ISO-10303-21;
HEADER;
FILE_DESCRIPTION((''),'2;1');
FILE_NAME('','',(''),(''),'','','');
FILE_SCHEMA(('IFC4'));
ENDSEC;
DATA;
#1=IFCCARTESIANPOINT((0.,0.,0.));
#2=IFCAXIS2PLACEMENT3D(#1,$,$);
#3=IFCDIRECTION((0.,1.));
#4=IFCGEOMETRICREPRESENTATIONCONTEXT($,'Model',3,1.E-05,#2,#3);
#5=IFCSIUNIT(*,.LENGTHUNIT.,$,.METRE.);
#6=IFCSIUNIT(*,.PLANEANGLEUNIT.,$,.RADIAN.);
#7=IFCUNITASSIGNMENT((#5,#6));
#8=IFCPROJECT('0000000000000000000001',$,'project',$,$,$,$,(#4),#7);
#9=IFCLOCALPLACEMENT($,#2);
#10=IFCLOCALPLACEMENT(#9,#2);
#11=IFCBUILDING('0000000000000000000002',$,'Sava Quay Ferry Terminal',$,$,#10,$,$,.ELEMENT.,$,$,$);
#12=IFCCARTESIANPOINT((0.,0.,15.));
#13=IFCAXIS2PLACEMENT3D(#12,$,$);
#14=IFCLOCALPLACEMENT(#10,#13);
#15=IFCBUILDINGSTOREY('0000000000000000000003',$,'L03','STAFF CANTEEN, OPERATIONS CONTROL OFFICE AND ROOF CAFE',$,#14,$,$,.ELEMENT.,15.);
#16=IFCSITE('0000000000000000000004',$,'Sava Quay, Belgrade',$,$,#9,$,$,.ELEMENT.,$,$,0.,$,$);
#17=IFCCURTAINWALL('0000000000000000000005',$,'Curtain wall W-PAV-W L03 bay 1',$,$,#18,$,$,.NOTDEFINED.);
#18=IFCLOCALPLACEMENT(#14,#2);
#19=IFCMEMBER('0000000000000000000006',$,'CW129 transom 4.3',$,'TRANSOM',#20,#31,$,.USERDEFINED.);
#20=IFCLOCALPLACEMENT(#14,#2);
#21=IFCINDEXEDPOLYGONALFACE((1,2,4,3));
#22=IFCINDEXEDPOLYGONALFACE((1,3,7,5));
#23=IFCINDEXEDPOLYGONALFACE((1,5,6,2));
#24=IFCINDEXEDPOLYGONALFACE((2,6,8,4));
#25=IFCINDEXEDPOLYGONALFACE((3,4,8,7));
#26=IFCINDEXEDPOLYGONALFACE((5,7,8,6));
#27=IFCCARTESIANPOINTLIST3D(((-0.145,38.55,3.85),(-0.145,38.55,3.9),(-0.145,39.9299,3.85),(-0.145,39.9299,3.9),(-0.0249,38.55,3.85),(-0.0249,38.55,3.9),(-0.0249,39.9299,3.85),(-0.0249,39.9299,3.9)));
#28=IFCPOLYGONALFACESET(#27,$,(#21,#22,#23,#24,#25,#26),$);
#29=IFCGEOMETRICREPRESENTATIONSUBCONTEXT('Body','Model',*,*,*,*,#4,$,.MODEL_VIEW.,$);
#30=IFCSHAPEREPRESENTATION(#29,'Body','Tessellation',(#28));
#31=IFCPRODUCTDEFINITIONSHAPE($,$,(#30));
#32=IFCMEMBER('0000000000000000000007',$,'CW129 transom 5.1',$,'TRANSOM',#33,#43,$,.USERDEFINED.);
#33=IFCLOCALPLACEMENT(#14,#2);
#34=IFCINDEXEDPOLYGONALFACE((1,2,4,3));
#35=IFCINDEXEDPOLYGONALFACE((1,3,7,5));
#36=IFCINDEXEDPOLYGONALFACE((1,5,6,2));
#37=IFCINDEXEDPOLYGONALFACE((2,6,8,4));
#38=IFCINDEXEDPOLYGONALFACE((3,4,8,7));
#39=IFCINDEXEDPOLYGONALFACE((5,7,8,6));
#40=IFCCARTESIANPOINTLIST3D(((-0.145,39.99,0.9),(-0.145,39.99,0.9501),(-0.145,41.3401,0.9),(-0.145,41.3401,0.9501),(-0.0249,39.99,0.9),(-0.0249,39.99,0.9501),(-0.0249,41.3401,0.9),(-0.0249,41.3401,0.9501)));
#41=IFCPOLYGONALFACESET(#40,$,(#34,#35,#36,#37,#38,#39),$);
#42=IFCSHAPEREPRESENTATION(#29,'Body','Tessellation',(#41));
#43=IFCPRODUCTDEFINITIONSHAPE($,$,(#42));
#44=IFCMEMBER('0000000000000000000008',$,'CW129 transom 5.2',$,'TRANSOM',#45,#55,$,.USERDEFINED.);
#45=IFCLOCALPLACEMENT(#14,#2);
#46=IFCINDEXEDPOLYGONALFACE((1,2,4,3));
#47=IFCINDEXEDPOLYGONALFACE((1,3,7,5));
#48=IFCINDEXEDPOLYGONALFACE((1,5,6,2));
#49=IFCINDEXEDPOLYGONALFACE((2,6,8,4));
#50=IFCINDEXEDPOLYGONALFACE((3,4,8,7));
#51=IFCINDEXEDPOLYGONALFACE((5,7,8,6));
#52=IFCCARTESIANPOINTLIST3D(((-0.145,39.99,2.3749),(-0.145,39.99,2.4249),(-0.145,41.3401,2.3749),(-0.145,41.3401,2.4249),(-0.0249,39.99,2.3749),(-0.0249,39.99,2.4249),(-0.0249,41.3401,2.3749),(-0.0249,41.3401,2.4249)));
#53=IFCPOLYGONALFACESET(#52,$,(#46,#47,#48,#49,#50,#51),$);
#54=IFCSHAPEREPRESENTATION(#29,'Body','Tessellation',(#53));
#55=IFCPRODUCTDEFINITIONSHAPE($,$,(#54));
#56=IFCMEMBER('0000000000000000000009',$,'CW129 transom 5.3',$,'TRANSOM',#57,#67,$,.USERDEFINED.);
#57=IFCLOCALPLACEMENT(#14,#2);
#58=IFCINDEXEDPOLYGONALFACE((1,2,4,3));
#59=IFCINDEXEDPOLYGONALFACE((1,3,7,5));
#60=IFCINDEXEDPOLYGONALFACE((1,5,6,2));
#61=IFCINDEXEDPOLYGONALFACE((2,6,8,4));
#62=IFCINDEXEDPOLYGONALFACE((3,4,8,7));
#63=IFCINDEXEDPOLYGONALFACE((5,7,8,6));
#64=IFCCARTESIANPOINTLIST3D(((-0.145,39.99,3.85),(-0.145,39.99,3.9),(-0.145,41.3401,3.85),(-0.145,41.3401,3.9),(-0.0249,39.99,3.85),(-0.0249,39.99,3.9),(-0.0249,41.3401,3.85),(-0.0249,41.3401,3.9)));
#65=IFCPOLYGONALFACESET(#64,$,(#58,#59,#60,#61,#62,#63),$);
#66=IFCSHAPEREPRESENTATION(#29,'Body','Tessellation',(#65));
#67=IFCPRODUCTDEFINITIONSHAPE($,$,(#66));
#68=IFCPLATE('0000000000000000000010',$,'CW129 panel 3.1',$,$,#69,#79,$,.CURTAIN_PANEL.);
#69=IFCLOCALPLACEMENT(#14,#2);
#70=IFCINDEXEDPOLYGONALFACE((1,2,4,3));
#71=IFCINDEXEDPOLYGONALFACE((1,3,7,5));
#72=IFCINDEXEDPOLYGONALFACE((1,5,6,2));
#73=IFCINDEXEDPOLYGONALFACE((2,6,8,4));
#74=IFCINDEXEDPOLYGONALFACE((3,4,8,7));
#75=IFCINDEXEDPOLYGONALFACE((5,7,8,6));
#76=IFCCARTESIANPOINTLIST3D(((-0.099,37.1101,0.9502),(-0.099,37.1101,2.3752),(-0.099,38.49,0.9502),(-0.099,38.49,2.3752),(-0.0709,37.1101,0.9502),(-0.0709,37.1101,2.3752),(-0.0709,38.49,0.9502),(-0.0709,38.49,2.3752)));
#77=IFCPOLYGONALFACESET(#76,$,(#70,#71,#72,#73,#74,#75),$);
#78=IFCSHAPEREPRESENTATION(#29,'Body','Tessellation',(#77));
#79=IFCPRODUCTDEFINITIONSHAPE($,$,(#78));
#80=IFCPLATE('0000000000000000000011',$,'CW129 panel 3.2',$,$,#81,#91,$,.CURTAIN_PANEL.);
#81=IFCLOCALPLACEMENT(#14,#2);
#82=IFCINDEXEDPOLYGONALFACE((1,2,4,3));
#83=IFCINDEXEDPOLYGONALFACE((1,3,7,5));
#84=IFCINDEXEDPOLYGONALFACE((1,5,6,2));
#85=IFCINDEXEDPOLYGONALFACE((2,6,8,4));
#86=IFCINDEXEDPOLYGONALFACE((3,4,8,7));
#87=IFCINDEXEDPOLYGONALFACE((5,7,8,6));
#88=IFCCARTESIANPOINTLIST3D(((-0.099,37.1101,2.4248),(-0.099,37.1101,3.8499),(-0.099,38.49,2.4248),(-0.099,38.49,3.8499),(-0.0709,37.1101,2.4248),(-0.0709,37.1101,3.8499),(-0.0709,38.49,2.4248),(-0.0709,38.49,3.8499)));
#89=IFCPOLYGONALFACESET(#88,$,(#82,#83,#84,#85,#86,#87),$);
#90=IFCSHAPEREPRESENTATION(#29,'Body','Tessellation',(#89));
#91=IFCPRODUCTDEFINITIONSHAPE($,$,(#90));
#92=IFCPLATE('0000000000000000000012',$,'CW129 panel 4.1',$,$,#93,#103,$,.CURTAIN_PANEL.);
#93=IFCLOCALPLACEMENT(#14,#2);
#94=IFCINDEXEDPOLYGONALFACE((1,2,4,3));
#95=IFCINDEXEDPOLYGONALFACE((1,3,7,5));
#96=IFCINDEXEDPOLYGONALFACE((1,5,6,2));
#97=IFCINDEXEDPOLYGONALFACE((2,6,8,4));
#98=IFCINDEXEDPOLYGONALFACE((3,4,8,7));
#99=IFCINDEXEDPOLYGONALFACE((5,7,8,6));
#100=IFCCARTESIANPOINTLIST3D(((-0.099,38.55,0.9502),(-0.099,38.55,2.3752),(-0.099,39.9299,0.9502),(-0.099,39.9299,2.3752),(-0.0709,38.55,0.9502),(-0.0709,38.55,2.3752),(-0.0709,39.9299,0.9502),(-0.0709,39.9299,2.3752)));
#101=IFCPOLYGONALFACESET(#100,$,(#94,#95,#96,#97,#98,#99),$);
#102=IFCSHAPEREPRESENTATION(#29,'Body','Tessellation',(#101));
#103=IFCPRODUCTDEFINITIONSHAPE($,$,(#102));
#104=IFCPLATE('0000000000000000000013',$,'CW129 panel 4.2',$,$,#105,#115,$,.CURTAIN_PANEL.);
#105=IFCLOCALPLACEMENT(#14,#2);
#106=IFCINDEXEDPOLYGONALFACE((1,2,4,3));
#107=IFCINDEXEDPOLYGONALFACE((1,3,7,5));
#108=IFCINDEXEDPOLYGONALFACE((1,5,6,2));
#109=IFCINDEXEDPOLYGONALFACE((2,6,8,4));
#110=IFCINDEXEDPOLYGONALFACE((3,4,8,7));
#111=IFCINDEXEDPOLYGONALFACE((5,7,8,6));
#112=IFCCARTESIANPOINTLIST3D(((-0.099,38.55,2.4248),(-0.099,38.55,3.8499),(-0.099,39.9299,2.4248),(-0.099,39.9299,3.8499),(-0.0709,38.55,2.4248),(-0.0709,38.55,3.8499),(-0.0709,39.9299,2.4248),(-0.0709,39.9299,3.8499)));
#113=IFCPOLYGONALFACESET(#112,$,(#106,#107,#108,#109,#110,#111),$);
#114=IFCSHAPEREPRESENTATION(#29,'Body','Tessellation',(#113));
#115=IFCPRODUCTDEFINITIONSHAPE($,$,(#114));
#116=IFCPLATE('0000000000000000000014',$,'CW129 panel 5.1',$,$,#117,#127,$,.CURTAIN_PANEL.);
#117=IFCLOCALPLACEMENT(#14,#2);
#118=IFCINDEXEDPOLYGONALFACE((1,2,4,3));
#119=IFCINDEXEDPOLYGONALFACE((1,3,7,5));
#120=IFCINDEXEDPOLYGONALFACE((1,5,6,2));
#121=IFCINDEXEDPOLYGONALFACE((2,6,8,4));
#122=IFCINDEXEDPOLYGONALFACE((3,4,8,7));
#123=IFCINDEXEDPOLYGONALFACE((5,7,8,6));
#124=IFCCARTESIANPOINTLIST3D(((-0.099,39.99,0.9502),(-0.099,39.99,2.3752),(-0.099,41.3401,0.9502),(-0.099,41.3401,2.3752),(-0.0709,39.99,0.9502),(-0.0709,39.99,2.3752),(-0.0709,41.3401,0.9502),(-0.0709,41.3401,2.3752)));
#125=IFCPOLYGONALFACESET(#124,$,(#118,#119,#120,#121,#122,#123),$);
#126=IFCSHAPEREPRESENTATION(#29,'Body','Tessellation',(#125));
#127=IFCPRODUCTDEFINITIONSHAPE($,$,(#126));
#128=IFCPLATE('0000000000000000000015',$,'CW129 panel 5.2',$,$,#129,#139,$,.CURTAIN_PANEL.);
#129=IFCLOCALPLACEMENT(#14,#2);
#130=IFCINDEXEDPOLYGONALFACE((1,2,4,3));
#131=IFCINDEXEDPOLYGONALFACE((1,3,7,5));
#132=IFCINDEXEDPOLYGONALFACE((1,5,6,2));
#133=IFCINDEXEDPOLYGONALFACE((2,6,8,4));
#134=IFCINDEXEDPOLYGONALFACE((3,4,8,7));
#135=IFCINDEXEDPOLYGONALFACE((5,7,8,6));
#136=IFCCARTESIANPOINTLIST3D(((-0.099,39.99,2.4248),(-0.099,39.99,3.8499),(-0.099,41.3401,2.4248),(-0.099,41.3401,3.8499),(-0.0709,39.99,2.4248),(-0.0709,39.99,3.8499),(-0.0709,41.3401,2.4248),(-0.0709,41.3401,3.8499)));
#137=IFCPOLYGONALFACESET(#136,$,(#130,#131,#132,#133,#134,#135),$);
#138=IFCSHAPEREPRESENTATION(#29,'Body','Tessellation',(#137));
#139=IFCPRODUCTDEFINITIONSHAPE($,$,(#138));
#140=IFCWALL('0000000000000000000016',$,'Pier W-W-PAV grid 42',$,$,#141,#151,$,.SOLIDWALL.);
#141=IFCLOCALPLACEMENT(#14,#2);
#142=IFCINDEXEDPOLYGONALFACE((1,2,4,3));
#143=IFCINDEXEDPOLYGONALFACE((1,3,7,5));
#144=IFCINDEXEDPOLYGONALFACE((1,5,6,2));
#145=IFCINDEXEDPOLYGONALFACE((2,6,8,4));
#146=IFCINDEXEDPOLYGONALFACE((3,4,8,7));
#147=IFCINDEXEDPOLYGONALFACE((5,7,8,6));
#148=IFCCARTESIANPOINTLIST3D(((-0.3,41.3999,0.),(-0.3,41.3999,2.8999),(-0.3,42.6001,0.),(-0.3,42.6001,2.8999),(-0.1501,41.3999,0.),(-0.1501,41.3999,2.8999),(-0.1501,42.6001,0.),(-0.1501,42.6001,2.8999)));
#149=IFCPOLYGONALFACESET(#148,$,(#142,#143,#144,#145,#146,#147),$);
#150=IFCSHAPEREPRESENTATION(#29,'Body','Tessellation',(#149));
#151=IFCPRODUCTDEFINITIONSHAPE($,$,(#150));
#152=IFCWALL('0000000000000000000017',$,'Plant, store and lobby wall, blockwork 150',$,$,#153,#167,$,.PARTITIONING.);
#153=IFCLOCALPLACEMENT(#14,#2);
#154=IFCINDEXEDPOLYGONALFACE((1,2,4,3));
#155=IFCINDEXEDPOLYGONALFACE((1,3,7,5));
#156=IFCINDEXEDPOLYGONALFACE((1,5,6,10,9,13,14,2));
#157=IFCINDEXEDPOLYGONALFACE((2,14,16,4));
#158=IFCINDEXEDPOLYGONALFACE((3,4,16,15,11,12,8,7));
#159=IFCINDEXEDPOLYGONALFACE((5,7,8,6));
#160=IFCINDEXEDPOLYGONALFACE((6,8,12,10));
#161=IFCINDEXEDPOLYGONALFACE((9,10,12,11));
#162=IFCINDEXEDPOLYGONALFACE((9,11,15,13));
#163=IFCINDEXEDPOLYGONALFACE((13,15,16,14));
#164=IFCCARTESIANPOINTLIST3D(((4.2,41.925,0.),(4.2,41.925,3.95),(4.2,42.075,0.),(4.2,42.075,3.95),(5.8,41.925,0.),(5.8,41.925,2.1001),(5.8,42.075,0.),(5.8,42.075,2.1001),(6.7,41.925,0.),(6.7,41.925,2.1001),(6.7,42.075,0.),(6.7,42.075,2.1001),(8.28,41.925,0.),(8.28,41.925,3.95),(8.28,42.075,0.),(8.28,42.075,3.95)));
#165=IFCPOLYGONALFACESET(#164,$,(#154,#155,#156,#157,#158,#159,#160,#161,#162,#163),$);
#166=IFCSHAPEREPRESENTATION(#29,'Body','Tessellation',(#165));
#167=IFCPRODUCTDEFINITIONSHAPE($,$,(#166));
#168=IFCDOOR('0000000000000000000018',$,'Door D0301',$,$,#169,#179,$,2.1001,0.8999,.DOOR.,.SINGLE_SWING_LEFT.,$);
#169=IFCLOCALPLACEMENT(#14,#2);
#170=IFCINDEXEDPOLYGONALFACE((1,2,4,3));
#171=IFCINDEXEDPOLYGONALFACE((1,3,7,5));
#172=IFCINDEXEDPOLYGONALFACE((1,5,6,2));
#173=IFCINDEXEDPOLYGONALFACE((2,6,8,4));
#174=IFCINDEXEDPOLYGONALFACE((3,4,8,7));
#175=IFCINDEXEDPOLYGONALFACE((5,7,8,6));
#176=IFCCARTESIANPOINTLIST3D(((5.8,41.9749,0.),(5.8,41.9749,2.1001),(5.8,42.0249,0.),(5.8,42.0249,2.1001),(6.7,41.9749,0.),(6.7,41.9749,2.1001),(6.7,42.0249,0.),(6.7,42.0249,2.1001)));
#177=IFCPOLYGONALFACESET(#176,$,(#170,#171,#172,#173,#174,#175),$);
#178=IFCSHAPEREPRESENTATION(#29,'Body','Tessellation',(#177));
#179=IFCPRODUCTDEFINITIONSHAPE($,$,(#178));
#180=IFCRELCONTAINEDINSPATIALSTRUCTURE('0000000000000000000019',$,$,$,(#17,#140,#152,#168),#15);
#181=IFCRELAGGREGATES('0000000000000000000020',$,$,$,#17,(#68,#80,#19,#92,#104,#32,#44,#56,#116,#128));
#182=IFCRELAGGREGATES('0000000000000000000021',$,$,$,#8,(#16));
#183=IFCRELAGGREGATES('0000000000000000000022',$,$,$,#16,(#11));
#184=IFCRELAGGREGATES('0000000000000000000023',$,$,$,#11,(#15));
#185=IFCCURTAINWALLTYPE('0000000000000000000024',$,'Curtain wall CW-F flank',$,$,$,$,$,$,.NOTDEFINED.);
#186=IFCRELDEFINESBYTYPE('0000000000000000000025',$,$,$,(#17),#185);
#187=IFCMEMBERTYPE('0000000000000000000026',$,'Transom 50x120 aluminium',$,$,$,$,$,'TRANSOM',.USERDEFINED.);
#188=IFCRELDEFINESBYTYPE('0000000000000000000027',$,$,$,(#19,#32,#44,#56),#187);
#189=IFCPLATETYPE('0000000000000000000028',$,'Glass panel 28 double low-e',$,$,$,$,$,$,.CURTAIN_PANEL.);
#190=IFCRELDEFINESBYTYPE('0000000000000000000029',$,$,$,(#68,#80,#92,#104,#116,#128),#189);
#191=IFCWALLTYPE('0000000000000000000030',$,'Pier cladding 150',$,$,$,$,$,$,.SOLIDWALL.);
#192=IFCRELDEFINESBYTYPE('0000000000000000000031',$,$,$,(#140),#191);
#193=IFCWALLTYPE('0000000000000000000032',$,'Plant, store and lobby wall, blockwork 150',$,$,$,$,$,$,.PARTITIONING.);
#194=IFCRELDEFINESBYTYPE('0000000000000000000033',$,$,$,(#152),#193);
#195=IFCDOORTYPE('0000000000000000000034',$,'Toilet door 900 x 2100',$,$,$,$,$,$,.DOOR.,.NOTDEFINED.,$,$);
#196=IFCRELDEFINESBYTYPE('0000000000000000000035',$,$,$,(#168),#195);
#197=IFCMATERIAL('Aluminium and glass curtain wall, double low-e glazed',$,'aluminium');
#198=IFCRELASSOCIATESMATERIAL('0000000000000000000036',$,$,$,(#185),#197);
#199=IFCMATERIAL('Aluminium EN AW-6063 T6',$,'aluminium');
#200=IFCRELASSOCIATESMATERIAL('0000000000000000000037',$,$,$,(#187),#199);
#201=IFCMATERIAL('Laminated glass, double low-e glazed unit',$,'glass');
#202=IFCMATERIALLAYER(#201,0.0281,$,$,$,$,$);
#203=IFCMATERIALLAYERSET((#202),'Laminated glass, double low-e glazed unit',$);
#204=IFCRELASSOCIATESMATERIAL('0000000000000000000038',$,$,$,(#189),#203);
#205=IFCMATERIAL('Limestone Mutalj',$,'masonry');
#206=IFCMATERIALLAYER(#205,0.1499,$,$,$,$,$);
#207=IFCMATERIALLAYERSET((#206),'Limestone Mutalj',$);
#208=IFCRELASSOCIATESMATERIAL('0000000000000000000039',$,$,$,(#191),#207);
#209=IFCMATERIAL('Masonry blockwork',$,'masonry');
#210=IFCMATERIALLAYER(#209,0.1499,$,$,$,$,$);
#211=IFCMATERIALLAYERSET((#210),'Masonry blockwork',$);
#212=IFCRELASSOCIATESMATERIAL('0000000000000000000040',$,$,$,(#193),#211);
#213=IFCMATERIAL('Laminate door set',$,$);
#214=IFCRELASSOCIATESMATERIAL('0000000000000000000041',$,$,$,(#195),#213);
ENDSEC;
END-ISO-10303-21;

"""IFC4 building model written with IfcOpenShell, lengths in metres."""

from ifc_helpers import new_model, si_unit, direction, frame, frame_2d, origin, origin_2d, place, context, subcontext, project, spatial, rectangle, extrude, material, layer, layer_set, material_profile, profile_set, type_object, element, fill, aggregate, save


model = new_model("IFC4")

# Units and contexts
model_context = context("Model", 3, precision=1e-05, world=origin(), true_north=direction((0.0, 1.0)))
body_context = subcontext(model_context, "Body", "Model", "MODEL_VIEW")
ifc_project = project(units=[si_unit("LENGTHUNIT", "METRE"), si_unit("PLANEANGLEUNIT", "RADIAN")], contexts=[model_context])

# Site, building, storey
site_placement = place(None, origin())
site = spatial("IfcSite", under=ifc_project, at=site_placement, Name="Sava Quay, Belgrade", CompositionType="ELEMENT", RefElevation=0.0)
building_placement = place(site_placement, origin())
building = spatial("IfcBuilding", under=site, at=building_placement, Name="Sava Quay Ferry Terminal", CompositionType="ELEMENT")
storey_placement = place(building_placement, frame((0.0, 0.0, 15.0)))
storey = spatial("IfcBuildingStorey", under=building, at=storey_placement, Name="L03", Description="STAFF CANTEEN, OPERATIONS CONTROL OFFICE AND ROOF CAFE", CompositionType="ELEMENT", Elevation=15.0)

# Curtain wall
ifc_material_1 = material(Name="Aluminium and glass curtain wall, double low-e glazed", Category="aluminium")
curtain_wall_type = type_object("IfcCurtainWallType", Name="Curtain wall CW-F flank", PredefinedType="NOTDEFINED", material=ifc_material_1)
curtain_wall_placement = place(storey_placement, origin())
curtain_wall = element("IfcCurtainWall", 1, at=curtain_wall_placement, inside=storey, type_object=curtain_wall_type, Name="Curtain wall W-PAV-W L03 bay 1", PredefinedType="NOTDEFINED")

# Members
ifc_material_2 = material(Name="Aluminium EN AW-6063 T6", Category="aluminium")
ifc_material_profile_1 = material_profile(ifc_material_2, rectangle(XDim=0.1201, YDim=0.05, at=origin_2d()), Name="Transom 50x120 aluminium")
ifc_profile_set_1 = profile_set([ifc_material_profile_1], Name="Aluminium EN AW-6063 T6")
member_type_1 = type_object("IfcMemberType", Name="Transom 50x120 aluminium", ElementType="TRANSOM", PredefinedType="USERDEFINED", material=ifc_profile_set_1)
member_1_placement = place(storey_placement, frame((-0.085, 38.55, 3.875), z_axis=(0.0, 1.0, 0.0), x_axis=(-1.0, 0.0, 0.0)))
member_1 = element("IfcMember", 2, at=member_1_placement, type_object=member_type_1, Name="CW129 transom 4.3", ObjectType="TRANSOM", PredefinedType="USERDEFINED", context=body_context, shape_type="SweptSolid", body=[
    extrude(rectangle(XDim=0.1201, YDim=0.05, at=origin_2d()), origin(), (0.0, 0.0, 1.0), 1.3799),
])
member_2_placement = place(storey_placement, frame((-0.085, 39.99, 0.925), z_axis=(0.0, 1.0, 0.0), x_axis=(-1.0, 0.0, 0.0)))
member_2 = element("IfcMember", 3, at=member_2_placement, type_object=member_type_1, Name="CW129 transom 5.1", ObjectType="TRANSOM", PredefinedType="USERDEFINED", context=body_context, shape_type="SweptSolid", body=[
    extrude(rectangle(XDim=0.1201, YDim=0.05, at=origin_2d()), origin(), (0.0, 0.0, 1.0), 1.3501),
])
member_3_placement = place(storey_placement, frame((-0.085, 39.99, 2.3999), z_axis=(0.0, 1.0, 0.0), x_axis=(-1.0, 0.0, 0.0)))
member_3 = element("IfcMember", 4, at=member_3_placement, type_object=member_type_1, Name="CW129 transom 5.2", ObjectType="TRANSOM", PredefinedType="USERDEFINED", context=body_context, shape_type="SweptSolid", body=[
    extrude(rectangle(XDim=0.1201, YDim=0.05, at=origin_2d()), origin(), (0.0, 0.0, 1.0), 1.3501),
])
member_4_placement = place(storey_placement, frame((-0.085, 39.99, 3.875), z_axis=(0.0, 1.0, 0.0), x_axis=(-1.0, 0.0, 0.0)))
member_4 = element("IfcMember", 5, at=member_4_placement, type_object=member_type_1, Name="CW129 transom 5.3", ObjectType="TRANSOM", PredefinedType="USERDEFINED", context=body_context, shape_type="SweptSolid", body=[
    extrude(rectangle(XDim=0.1201, YDim=0.05, at=origin_2d()), origin(), (0.0, 0.0, 1.0), 1.3501),
])

# Plates
ifc_material_3 = material(Name="Laminated glass, double low-e glazed unit", Category="glass")
ifc_layer_1 = layer(ifc_material_3, 0.0281)
ifc_layer_set_1 = layer_set([ifc_layer_1], Name="Laminated glass, double low-e glazed unit")
plate_type = type_object("IfcPlateType", Name="Glass panel 28 double low-e", PredefinedType="CURTAIN_PANEL", material=ifc_layer_set_1)
plate_1_placement = place(storey_placement, frame((-0.085, 37.8, 0.9502), z_axis=(0.0, 0.0, 1.0), x_axis=(0.0, 1.0, 0.0)))
plate_1 = element("IfcPlate", 6, at=plate_1_placement, type_object=plate_type, Name="CW129 panel 3.1", PredefinedType="CURTAIN_PANEL", context=body_context, shape_type="SweptSolid", body=[
    extrude(rectangle(XDim=1.3799, YDim=0.0281, at=origin_2d()), origin(), (0.0, 0.0, 1.0), 1.425),
])
plate_2_placement = place(storey_placement, frame((-0.085, 37.8, 2.4248), z_axis=(0.0, 0.0, 1.0), x_axis=(0.0, 1.0, 0.0)))
plate_2 = element("IfcPlate", 7, at=plate_2_placement, type_object=plate_type, Name="CW129 panel 3.2", PredefinedType="CURTAIN_PANEL", context=body_context, shape_type="SweptSolid", body=[
    extrude(rectangle(XDim=1.3799, YDim=0.0281, at=origin_2d()), origin(), (0.0, 0.0, 1.0), 1.425),
])
plate_3_placement = place(storey_placement, frame((-0.085, 39.24, 0.9502), z_axis=(0.0, 0.0, 1.0), x_axis=(0.0, 1.0, 0.0)))
plate_3 = element("IfcPlate", 8, at=plate_3_placement, type_object=plate_type, Name="CW129 panel 4.1", PredefinedType="CURTAIN_PANEL", context=body_context, shape_type="SweptSolid", body=[
    extrude(rectangle(XDim=1.3799, YDim=0.0281, at=origin_2d()), origin(), (0.0, 0.0, 1.0), 1.425),
])
plate_4_placement = place(storey_placement, frame((-0.085, 39.24, 2.4248), z_axis=(0.0, 0.0, 1.0), x_axis=(0.0, 1.0, 0.0)))
plate_4 = element("IfcPlate", 9, at=plate_4_placement, type_object=plate_type, Name="CW129 panel 4.2", PredefinedType="CURTAIN_PANEL", context=body_context, shape_type="SweptSolid", body=[
    extrude(rectangle(XDim=1.3799, YDim=0.0281, at=origin_2d()), origin(), (0.0, 0.0, 1.0), 1.425),
])
plate_5_placement = place(storey_placement, frame((-0.085, 40.665, 0.9502), z_axis=(0.0, 0.0, 1.0), x_axis=(0.0, 1.0, 0.0)))
plate_5 = element("IfcPlate", 10, at=plate_5_placement, type_object=plate_type, Name="CW129 panel 5.1", PredefinedType="CURTAIN_PANEL", context=body_context, shape_type="SweptSolid", body=[
    extrude(rectangle(XDim=1.3501, YDim=0.0281, at=origin_2d()), origin(), (0.0, 0.0, 1.0), 1.425),
])
plate_6_placement = place(storey_placement, frame((-0.085, 40.665, 2.4248), z_axis=(0.0, 0.0, 1.0), x_axis=(0.0, 1.0, 0.0)))
plate_6 = element("IfcPlate", 11, at=plate_6_placement, type_object=plate_type, Name="CW129 panel 5.2", PredefinedType="CURTAIN_PANEL", context=body_context, shape_type="SweptSolid", body=[
    extrude(rectangle(XDim=1.3501, YDim=0.0281, at=origin_2d()), origin(), (0.0, 0.0, 1.0), 1.425),
])
aggregate(curtain_wall, [plate_1, plate_2, member_1, plate_3, plate_4, member_2, member_3, member_4, plate_5, plate_6])

# Wall
ifc_material_4 = material(Name="Limestone Mutalj", Category="masonry")
ifc_layer_2 = layer(ifc_material_4, 0.1499)
ifc_layer_set_2 = layer_set([ifc_layer_2], Name="Limestone Mutalj")
wall_type_1 = type_object("IfcWallType", Name="Pier cladding 150", PredefinedType="SOLIDWALL", material=ifc_layer_set_2)
wall_1_placement = place(storey_placement, frame((-0.2251, 41.3999, 0.0), z_axis=(0.0, 0.0, 1.0), x_axis=(0.0, 1.0, 0.0)))
element("IfcWall", 12, at=wall_1_placement, inside=storey, type_object=wall_type_1, Name="Pier W-W-PAV grid 42", PredefinedType="SOLIDWALL", context=body_context, shape_type="SweptSolid", body=[
    extrude(rectangle(XDim=1.2002, YDim=0.1499, at=frame_2d((0.6001, 0.0))), origin(), (0.0, 0.0, 1.0), 2.8999),
])

# Wall, opening, door
ifc_material_5 = material(Name="Masonry blockwork", Category="masonry")
ifc_layer_3 = layer(ifc_material_5, 0.1499)
ifc_layer_set_3 = layer_set([ifc_layer_3], Name="Masonry blockwork")
wall_type_2 = type_object("IfcWallType", Name="Plant, store and lobby wall, blockwork 150", PredefinedType="PARTITIONING", material=ifc_layer_set_3)
wall_2_placement = place(storey_placement, frame((4.2, 42.0, 0.0), z_axis=(0.0, 0.0, 1.0), x_axis=(1.0, 0.0, 0.0)))
wall_2 = element("IfcWall", 13, at=wall_2_placement, inside=storey, type_object=wall_type_2, Name="Plant, store and lobby wall, blockwork 150", PredefinedType="PARTITIONING", context=body_context, shape_type="SweptSolid", body=[
    extrude(rectangle(XDim=4.0801, YDim=0.1499, at=frame_2d((2.04, 0.0))), origin(), (0.0, 0.0, 1.0), 3.95),
])
opening_1_placement = place(wall_2_placement, frame((1.6001, 0.0, 0.0)))
opening_1 = element("IfcOpeningElement", 14, at=opening_1_placement, cuts=wall_2, PredefinedType="OPENING", context=body_context, shape_type="SweptSolid", body=[
    extrude(rectangle(XDim=0.8999, YDim=2.1001, at=frame_2d((0.45, 1.05))), frame((0.0, 0.075, 0.0), z_axis=(0.0, -1.0, 0.0), x_axis=(1.0, 0.0, 0.0)), (0.0, 0.0, 1.0), 0.1499),
])
ifc_material_6 = material(Name="Laminate door set")
door_type_1 = type_object("IfcDoorType", Name="Toilet door 900 x 2100", OperationType="NOTDEFINED", PredefinedType="DOOR", material=ifc_material_6)
door_1_placement = place(opening_1_placement, origin())
door_1 = element("IfcDoor", 15, at=door_1_placement, inside=storey, type_object=door_type_1, Name="Door D0301", OperationType="SINGLE_SWING_LEFT", OverallHeight=2.1001, OverallWidth=0.8999, PredefinedType="DOOR", context=body_context, shape_type="SweptSolid", body=[
    extrude(rectangle(XDim=0.8999, YDim=2.1001, at=frame_2d((0.45, 1.05))), frame((0.0, 0.0249, 0.0), z_axis=(0.0, -1.0, 0.0), x_axis=(1.0, 0.0, 0.0)), (0.0, 0.0, 1.0), 0.05),
])
fill(opening_1, door_1)

save(model, "model.ifc")
